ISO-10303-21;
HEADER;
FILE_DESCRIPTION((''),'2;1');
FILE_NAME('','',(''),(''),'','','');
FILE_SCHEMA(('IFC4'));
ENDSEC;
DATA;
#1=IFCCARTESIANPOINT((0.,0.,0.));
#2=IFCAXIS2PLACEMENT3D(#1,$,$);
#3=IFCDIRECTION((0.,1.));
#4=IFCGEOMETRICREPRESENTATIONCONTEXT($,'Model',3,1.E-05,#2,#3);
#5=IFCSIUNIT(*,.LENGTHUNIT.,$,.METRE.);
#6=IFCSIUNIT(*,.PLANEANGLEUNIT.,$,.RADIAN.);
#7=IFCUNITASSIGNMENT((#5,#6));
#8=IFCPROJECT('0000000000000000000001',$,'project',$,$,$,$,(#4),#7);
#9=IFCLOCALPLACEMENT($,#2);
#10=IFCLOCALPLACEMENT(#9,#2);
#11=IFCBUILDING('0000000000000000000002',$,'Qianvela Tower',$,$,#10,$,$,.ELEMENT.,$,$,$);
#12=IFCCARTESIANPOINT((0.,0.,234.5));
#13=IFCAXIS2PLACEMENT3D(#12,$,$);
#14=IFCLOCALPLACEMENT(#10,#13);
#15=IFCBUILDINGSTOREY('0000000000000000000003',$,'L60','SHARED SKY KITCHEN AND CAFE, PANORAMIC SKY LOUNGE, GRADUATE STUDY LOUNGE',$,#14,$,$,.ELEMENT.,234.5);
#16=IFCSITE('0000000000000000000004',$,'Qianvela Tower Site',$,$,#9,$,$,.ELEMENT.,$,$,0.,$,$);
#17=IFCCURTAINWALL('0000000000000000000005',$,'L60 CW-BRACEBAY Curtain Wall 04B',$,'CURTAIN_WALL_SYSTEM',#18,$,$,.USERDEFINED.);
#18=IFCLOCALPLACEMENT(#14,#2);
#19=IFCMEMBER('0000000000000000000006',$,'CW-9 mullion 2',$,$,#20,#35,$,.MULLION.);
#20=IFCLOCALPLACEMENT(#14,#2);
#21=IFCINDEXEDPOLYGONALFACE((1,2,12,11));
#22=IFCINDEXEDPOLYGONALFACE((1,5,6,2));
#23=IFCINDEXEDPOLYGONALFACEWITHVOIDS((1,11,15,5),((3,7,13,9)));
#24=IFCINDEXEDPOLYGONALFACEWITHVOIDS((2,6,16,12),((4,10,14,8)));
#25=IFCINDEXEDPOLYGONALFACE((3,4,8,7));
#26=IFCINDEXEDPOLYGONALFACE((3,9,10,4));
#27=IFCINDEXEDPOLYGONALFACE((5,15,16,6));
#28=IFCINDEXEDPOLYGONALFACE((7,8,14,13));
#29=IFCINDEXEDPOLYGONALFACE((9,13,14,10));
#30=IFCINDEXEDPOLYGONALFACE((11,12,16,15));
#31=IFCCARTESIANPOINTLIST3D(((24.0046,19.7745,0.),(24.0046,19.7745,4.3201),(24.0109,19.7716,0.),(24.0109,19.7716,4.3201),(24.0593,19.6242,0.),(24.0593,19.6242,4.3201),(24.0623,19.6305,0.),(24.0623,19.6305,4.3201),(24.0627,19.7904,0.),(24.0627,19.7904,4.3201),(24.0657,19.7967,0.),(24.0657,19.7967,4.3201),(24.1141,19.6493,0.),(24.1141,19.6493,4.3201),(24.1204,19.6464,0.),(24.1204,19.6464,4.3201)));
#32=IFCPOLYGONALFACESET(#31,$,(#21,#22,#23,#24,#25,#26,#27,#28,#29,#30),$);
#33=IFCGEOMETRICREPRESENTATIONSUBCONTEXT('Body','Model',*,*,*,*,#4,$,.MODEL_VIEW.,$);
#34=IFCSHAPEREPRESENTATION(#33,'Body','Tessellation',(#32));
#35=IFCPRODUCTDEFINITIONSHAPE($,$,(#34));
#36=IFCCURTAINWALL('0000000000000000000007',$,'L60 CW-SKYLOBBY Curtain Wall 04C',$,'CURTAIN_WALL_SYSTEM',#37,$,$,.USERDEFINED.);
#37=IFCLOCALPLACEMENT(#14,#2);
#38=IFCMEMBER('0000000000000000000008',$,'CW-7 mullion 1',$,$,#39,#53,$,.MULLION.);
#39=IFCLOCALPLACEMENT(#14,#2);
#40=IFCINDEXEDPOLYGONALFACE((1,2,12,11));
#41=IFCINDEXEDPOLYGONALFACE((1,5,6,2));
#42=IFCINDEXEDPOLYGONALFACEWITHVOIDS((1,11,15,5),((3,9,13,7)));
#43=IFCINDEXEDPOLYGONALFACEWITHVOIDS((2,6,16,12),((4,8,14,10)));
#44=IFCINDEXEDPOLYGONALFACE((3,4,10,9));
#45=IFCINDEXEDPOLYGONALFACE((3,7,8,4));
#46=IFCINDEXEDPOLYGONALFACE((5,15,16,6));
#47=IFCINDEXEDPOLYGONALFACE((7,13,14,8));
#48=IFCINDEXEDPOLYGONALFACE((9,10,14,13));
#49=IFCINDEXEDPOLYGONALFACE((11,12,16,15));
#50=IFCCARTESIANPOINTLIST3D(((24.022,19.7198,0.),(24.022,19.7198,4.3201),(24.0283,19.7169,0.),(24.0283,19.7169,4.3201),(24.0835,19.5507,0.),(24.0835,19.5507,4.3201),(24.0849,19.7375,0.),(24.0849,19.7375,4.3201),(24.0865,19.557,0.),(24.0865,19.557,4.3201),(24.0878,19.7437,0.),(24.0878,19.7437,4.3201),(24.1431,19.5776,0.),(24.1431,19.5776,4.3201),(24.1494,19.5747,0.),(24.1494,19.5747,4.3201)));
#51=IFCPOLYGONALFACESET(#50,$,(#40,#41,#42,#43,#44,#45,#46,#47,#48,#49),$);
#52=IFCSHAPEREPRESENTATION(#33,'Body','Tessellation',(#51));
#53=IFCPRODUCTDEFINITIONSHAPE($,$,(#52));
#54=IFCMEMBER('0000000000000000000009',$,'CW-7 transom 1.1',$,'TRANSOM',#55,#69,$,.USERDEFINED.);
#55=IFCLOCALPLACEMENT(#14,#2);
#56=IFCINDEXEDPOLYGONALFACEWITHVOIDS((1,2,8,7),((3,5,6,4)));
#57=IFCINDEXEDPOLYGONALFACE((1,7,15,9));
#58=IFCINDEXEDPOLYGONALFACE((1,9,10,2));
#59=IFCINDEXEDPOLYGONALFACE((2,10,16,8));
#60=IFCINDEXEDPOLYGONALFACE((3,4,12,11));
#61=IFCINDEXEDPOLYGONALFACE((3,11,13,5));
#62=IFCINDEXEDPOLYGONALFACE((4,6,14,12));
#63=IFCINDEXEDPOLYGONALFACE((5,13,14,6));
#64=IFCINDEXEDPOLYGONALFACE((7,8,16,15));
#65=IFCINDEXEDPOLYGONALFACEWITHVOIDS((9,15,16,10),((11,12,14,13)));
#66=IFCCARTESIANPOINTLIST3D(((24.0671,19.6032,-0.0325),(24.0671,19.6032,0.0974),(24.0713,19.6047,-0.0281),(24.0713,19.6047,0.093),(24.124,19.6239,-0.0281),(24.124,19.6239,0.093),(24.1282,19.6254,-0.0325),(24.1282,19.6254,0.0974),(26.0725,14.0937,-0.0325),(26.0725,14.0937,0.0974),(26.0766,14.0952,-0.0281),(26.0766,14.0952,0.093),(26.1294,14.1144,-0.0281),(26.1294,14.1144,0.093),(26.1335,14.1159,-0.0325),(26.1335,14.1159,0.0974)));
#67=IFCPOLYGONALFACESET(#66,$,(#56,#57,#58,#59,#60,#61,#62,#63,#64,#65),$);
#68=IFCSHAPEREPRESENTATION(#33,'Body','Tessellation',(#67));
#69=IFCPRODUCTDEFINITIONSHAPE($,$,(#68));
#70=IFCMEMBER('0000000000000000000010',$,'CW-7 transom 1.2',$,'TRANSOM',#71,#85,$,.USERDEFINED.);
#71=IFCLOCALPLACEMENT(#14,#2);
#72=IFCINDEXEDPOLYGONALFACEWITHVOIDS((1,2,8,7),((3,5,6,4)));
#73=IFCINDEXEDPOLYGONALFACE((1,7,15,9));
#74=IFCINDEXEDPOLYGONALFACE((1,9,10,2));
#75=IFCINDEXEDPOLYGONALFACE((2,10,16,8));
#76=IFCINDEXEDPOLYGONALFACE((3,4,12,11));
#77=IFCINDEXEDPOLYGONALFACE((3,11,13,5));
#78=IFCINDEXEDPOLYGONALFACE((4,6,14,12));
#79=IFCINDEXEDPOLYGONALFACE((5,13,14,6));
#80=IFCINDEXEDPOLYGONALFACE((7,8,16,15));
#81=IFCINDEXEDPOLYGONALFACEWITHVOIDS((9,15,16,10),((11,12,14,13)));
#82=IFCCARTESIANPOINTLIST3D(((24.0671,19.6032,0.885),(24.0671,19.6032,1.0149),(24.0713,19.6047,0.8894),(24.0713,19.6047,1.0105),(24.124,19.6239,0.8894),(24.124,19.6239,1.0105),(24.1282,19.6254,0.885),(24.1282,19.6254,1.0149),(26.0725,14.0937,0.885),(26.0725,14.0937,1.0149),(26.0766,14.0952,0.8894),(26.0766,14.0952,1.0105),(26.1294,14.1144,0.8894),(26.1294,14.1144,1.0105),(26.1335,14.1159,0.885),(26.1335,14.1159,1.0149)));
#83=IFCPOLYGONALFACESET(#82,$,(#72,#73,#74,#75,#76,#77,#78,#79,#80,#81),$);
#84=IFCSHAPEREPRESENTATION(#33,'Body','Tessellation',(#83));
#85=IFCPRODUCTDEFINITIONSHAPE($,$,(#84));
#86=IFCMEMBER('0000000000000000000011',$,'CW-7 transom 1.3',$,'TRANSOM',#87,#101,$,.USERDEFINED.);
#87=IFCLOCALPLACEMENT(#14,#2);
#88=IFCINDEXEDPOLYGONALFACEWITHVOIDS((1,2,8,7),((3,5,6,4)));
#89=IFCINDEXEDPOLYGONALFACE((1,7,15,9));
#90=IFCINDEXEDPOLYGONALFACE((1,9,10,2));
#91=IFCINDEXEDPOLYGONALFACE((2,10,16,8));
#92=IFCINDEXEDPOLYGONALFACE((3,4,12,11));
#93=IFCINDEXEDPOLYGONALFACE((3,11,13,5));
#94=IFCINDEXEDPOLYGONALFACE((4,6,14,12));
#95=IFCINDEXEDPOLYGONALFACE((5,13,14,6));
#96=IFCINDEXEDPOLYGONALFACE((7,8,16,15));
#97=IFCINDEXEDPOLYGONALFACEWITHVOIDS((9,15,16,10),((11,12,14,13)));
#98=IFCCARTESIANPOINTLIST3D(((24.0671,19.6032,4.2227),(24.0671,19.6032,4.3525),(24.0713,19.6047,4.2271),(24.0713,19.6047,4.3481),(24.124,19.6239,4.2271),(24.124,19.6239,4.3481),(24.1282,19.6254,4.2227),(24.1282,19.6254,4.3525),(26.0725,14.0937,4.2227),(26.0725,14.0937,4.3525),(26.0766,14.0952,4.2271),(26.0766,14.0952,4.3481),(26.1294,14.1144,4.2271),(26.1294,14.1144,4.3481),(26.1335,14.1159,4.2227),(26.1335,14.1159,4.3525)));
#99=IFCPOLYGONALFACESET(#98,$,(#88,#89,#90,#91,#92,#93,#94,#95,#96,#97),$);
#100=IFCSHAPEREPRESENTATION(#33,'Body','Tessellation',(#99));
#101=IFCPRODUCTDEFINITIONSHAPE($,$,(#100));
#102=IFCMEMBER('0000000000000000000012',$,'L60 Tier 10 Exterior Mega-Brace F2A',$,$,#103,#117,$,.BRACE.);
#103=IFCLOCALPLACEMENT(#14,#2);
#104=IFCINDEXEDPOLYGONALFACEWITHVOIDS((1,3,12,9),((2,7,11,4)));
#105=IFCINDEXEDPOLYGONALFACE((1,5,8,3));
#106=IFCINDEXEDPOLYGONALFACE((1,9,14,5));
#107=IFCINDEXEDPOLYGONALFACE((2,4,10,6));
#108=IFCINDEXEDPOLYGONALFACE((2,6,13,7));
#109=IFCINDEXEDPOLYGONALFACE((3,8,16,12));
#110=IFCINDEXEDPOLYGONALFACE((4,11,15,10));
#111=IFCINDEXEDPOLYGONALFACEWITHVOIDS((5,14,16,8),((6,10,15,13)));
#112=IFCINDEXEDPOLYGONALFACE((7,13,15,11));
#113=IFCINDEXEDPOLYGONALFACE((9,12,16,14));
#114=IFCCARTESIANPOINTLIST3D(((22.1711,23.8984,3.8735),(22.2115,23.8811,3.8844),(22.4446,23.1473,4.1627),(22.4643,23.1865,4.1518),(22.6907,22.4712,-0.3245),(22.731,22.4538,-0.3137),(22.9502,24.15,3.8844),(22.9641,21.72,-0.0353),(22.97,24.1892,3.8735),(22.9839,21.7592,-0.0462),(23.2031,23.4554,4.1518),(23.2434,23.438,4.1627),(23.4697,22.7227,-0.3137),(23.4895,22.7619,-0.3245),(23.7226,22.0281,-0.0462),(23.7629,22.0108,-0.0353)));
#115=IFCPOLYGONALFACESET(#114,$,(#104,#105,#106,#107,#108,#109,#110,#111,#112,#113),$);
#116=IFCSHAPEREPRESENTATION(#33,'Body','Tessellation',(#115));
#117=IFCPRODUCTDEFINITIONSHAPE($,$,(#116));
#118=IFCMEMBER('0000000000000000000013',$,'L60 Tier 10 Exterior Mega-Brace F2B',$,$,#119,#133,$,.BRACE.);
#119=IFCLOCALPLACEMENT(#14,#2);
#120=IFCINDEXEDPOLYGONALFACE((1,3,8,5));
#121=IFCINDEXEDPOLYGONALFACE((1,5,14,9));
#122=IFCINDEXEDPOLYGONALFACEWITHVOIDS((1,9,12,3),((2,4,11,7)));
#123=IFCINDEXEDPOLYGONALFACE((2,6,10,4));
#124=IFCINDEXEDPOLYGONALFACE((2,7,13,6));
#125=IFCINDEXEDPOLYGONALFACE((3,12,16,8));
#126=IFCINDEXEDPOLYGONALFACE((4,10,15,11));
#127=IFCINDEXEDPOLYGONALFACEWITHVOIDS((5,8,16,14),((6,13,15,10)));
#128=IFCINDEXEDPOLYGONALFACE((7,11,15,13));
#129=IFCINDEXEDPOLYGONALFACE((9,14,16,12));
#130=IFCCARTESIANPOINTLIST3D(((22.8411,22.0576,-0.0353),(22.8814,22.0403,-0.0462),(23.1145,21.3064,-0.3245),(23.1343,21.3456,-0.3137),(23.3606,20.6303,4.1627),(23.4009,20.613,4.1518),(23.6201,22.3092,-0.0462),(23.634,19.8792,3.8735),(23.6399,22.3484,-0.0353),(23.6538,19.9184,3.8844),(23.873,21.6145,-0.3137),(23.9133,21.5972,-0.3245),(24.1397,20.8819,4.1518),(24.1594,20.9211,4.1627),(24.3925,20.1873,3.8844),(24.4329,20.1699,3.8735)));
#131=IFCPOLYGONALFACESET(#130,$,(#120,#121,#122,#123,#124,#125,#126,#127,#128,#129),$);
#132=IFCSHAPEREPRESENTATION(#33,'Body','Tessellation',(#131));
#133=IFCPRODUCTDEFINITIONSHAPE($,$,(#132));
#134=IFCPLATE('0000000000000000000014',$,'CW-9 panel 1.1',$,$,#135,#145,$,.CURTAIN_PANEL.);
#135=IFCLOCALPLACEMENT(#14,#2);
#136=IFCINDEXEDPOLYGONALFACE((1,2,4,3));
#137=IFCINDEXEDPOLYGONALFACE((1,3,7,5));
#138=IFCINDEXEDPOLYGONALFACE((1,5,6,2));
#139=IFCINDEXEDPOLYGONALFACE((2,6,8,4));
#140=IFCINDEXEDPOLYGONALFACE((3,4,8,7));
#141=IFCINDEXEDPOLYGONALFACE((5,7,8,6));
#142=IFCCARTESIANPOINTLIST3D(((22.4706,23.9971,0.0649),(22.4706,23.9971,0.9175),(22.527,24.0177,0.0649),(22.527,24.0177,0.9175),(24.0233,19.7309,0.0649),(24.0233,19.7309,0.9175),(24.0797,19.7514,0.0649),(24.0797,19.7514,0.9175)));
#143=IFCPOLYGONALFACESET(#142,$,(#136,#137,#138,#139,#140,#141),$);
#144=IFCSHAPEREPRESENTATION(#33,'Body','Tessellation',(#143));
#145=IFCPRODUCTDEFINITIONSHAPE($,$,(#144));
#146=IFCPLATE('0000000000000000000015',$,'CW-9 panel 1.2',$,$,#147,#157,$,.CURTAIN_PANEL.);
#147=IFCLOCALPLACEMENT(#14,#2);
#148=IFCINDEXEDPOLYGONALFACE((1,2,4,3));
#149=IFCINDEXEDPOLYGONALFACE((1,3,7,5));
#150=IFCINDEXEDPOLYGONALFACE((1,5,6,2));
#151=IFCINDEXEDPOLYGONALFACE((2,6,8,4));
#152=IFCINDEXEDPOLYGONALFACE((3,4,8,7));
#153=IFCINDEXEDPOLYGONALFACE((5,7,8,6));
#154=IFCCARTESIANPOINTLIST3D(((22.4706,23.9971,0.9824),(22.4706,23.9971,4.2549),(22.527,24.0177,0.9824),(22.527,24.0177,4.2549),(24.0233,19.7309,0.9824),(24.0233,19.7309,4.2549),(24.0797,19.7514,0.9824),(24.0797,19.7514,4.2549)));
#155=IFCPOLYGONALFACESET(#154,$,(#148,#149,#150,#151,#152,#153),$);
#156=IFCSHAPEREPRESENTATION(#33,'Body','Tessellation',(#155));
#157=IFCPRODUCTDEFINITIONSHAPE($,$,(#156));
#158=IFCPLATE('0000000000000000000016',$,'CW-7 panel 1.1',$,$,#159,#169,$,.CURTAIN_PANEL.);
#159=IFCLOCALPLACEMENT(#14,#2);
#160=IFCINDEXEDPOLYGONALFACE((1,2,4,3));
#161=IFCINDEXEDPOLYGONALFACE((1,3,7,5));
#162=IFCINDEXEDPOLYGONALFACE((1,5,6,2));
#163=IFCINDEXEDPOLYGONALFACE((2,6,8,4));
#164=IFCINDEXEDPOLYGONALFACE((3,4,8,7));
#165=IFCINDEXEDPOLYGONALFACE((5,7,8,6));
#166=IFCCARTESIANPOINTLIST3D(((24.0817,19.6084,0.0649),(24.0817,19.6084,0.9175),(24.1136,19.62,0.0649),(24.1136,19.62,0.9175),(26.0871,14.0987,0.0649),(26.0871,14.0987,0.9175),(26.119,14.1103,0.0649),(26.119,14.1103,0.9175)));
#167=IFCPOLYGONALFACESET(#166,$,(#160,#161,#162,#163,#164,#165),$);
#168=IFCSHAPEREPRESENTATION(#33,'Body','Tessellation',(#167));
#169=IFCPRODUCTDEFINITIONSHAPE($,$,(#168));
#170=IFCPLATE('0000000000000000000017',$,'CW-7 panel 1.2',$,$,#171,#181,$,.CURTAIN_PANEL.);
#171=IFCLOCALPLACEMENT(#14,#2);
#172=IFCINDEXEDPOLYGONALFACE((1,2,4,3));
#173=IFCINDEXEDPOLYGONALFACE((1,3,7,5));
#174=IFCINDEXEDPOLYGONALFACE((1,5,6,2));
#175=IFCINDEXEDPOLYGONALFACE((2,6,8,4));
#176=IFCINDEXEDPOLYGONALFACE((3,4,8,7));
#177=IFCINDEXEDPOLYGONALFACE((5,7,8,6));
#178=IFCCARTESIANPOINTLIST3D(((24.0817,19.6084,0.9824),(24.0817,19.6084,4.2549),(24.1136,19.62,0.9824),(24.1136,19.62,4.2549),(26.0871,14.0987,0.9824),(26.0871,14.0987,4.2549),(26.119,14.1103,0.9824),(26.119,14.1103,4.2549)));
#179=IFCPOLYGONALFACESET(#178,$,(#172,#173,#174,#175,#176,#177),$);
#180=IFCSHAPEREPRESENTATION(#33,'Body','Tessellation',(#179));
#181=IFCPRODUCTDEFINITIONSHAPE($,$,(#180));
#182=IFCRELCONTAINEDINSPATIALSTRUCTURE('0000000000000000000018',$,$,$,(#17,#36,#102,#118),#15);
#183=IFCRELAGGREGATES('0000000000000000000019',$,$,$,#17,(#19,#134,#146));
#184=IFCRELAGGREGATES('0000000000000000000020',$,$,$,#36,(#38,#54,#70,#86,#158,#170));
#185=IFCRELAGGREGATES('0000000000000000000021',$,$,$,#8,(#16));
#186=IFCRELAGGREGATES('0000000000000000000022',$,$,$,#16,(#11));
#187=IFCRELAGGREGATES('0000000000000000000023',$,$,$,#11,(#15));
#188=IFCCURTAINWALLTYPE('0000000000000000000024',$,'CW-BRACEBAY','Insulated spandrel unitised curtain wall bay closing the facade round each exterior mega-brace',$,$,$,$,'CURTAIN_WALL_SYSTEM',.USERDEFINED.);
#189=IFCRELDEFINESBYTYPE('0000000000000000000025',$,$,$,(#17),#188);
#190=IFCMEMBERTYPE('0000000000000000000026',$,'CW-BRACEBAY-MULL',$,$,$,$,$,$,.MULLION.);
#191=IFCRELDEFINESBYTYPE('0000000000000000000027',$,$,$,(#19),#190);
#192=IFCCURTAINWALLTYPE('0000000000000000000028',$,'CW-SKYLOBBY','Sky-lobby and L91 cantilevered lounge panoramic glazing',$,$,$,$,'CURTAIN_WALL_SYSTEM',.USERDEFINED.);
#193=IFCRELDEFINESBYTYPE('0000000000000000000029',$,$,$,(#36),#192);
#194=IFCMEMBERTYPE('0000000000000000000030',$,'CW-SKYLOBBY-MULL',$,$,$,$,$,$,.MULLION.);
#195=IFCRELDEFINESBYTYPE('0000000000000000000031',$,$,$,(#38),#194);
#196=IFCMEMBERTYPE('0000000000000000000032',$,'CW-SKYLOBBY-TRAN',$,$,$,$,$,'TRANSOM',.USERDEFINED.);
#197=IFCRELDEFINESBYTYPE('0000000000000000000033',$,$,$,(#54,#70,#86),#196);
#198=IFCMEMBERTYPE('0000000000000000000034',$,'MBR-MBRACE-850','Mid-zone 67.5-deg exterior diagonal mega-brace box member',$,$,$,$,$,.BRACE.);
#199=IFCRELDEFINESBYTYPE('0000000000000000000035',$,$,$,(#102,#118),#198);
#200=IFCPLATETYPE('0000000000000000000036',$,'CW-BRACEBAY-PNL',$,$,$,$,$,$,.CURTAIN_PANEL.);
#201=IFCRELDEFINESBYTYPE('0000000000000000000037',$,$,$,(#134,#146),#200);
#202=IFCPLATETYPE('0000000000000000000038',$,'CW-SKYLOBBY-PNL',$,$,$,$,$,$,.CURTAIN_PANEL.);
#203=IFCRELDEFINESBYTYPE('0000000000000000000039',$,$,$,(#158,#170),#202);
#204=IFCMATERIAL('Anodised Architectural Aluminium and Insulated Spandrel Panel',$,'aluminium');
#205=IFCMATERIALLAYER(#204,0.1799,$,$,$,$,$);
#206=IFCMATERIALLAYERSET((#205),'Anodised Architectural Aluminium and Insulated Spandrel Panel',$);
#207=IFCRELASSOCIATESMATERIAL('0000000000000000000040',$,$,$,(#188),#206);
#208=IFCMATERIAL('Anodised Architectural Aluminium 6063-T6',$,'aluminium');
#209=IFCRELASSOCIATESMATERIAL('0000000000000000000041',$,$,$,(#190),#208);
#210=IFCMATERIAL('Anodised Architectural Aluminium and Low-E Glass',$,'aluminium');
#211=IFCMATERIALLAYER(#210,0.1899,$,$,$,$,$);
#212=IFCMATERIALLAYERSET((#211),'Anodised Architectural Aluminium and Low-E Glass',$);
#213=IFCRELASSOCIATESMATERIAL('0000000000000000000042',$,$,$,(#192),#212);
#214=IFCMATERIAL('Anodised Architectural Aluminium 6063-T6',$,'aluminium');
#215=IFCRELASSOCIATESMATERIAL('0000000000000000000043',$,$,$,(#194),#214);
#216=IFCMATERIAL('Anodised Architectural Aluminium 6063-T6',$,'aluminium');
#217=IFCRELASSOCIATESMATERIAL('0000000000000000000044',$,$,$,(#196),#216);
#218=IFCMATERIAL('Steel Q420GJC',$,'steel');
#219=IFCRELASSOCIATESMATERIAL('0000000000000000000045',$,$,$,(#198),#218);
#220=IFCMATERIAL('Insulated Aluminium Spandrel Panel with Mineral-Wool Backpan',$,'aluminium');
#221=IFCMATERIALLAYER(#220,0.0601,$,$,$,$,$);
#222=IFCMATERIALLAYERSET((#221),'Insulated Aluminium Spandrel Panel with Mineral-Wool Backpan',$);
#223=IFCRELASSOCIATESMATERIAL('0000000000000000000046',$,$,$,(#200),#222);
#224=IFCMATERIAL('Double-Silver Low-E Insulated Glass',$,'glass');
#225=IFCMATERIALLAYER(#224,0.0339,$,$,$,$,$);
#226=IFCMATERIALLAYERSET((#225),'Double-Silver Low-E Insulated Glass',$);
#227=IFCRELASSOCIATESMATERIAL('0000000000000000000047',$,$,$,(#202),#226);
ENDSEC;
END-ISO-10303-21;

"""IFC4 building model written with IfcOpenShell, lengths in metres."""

from ifc_helpers import new_model, si_unit, direction, frame, origin, origin_2d, place, context, subcontext, project, spatial, rectangle, hollow_rectangle, extrude, material, layer, layer_set, material_profile, profile_set, type_object, element, aggregate, save


model = new_model("IFC4")

# Units and contexts
model_context = context("Model", 3, precision=1e-05, world=origin(), true_north=direction((0.0, 1.0)))
body_context = subcontext(model_context, "Body", "Model", "MODEL_VIEW")
ifc_project = project(units=[si_unit("LENGTHUNIT", "METRE"), si_unit("PLANEANGLEUNIT", "RADIAN")], contexts=[model_context])

# Site, building, storey
site_placement = place(None, origin())
site = spatial("IfcSite", under=ifc_project, at=site_placement, Name="Qianvela Tower Site", CompositionType="ELEMENT", RefElevation=0.0)
building_placement = place(site_placement, origin())
building = spatial("IfcBuilding", under=site, at=building_placement, Name="Qianvela Tower", CompositionType="ELEMENT")
storey_placement = place(building_placement, frame((0.0, 0.0, 234.5)))
storey = spatial("IfcBuildingStorey", under=building, at=storey_placement, Name="L60", Description="SHARED SKY KITCHEN AND CAFE, PANORAMIC SKY LOUNGE, GRADUATE STUDY LOUNGE", CompositionType="ELEMENT", Elevation=234.5)

# Curtain wall, member
ifc_material_1 = material(Name="Anodised Architectural Aluminium and Insulated Spandrel Panel", Category="aluminium")
ifc_layer_1 = layer(ifc_material_1, 0.1799)
ifc_layer_set_1 = layer_set([ifc_layer_1], Name="Anodised Architectural Aluminium and Insulated Spandrel Panel")
curtain_wall_type_1 = type_object("IfcCurtainWallType", Name="CW-BRACEBAY", Description="Insulated spandrel unitised curtain wall bay closing the facade round each exterior mega-brace", ElementType="CURTAIN_WALL_SYSTEM", PredefinedType="USERDEFINED", material=ifc_layer_set_1)
curtain_wall_1_placement = place(storey_placement, origin())
curtain_wall_1 = element("IfcCurtainWall", 1, at=curtain_wall_1_placement, inside=storey, type_object=curtain_wall_type_1, Name="L60 CW-BRACEBAY Curtain Wall 04B", ObjectType="CURTAIN_WALL_SYSTEM", PredefinedType="USERDEFINED")
ifc_material_2 = material(Name="Anodised Architectural Aluminium 6063-T6", Category="aluminium")
ifc_material_profile_1 = material_profile(ifc_material_2, hollow_rectangle(XDim=0.0649, YDim=0.1599, WallThickness=0.0049, at=origin_2d()), Name="ALU-MULL-65x160")
ifc_profile_set_1 = profile_set([ifc_material_profile_1], Name="Anodised Architectural Aluminium 6063-T6")
member_type_1 = type_object("IfcMemberType", Name="CW-BRACEBAY-MULL", PredefinedType="MULLION", material=ifc_profile_set_1)
member_1_placement = place(storey_placement, frame((24.0625, 19.7104, 0.0), z_axis=(0.0, 0.0, 1.0), x_axis=(0.939696, 0.342011, 0.0)))
member_1 = element("IfcMember", 2, at=member_1_placement, type_object=member_type_1, Name="CW-9 mullion 2", PredefinedType="MULLION", context=body_context, shape_type="SweptSolid", body=[
    extrude(hollow_rectangle(XDim=0.0649, YDim=0.1599, WallThickness=0.0049, at=origin_2d()), origin(), (0.0, 0.0, 1.0), 4.3201),
])

# Curtain wall, members
ifc_material_3 = material(Name="Anodised Architectural Aluminium and Low-E Glass", Category="aluminium")
ifc_layer_2 = layer(ifc_material_3, 0.1899)
ifc_layer_set_2 = layer_set([ifc_layer_2], Name="Anodised Architectural Aluminium and Low-E Glass")
curtain_wall_type_2 = type_object("IfcCurtainWallType", Name="CW-SKYLOBBY", Description="Sky-lobby and L91 cantilevered lounge panoramic glazing", ElementType="CURTAIN_WALL_SYSTEM", PredefinedType="USERDEFINED", material=ifc_layer_set_2)
curtain_wall_2_placement = place(storey_placement, origin())
curtain_wall_2 = element("IfcCurtainWall", 3, at=curtain_wall_2_placement, inside=storey, type_object=curtain_wall_type_2, Name="L60 CW-SKYLOBBY Curtain Wall 04C", ObjectType="CURTAIN_WALL_SYSTEM", PredefinedType="USERDEFINED")
ifc_material_4 = material(Name="Anodised Architectural Aluminium 6063-T6", Category="aluminium")
ifc_material_profile_2 = material_profile(ifc_material_4, hollow_rectangle(XDim=0.0701, YDim=0.1799, WallThickness=0.0049, at=origin_2d()), Name="ALU-MULL-70x180")
ifc_profile_set_2 = profile_set([ifc_material_profile_2], Name="Anodised Architectural Aluminium 6063-T6")
member_type_2 = type_object("IfcMemberType", Name="CW-SKYLOBBY-MULL", PredefinedType="MULLION", material=ifc_profile_set_2)
member_2_placement = place(storey_placement, frame((24.0857, 19.6472, 0.0), z_axis=(0.0, 0.0, 1.0), x_axis=(0.939692, 0.342022, 0.0)))
member_2 = element("IfcMember", 4, at=member_2_placement, type_object=member_type_2, Name="CW-7 mullion 1", PredefinedType="MULLION", context=body_context, shape_type="SweptSolid", body=[
    extrude(hollow_rectangle(XDim=0.0701, YDim=0.1799, WallThickness=0.0049, at=origin_2d()), origin(), (0.0, 0.0, 1.0), 4.3201),
])
ifc_material_5 = material(Name="Anodised Architectural Aluminium 6063-T6", Category="aluminium")
ifc_material_profile_3 = material_profile(ifc_material_5, hollow_rectangle(XDim=0.0649, YDim=0.1299, WallThickness=0.0044, at=origin_2d()), Name="ALU-TRAN-65x130")
ifc_profile_set_3 = profile_set([ifc_material_profile_3], Name="Anodised Architectural Aluminium 6063-T6")
member_type_3 = type_object("IfcMemberType", Name="CW-SKYLOBBY-TRAN", ElementType="TRANSOM", PredefinedType="USERDEFINED", material=ifc_profile_set_3)
member_3_placement = place(storey_placement, frame((24.0977, 19.6143, 0.0325), z_axis=(0.342031, -0.939689, 0.0), x_axis=(0.939689, 0.342031, 0.0)))
member_3 = element("IfcMember", 5, at=member_3_placement, type_object=member_type_3, Name="CW-7 transom 1.1", ObjectType="TRANSOM", PredefinedType="USERDEFINED", context=body_context, shape_type="SweptSolid", body=[
    extrude(hollow_rectangle(XDim=0.0649, YDim=0.1299, WallThickness=0.0044, at=origin_2d()), origin(), (0.0, 0.0, 1.0), 5.863),
])
member_4_placement = place(storey_placement, frame((24.0977, 19.6143, 0.95), z_axis=(0.342031, -0.939689, 0.0), x_axis=(0.939689, 0.342031, 0.0)))
member_4 = element("IfcMember", 6, at=member_4_placement, type_object=member_type_3, Name="CW-7 transom 1.2", ObjectType="TRANSOM", PredefinedType="USERDEFINED", context=body_context, shape_type="SweptSolid", body=[
    extrude(hollow_rectangle(XDim=0.0649, YDim=0.1299, WallThickness=0.0044, at=origin_2d()), origin(), (0.0, 0.0, 1.0), 5.863),
])
member_5_placement = place(storey_placement, frame((24.0977, 19.6143, 4.2876), z_axis=(0.342031, -0.939689, 0.0), x_axis=(0.939689, 0.342031, 0.0)))
member_5 = element("IfcMember", 7, at=member_5_placement, type_object=member_type_3, Name="CW-7 transom 1.3", ObjectType="TRANSOM", PredefinedType="USERDEFINED", context=body_context, shape_type="SweptSolid", body=[
    extrude(hollow_rectangle(XDim=0.0649, YDim=0.1299, WallThickness=0.0044, at=origin_2d()), origin(), (0.0, 0.0, 1.0), 5.863),
])

# Members
ifc_material_6 = material(Name="Steel Q420GJC", Category="steel")
ifc_material_profile_4 = material_profile(ifc_material_6, hollow_rectangle(XDim=0.8501, YDim=0.8501, WallThickness=0.032, at=origin_2d()), Name="MBOX-850x850x32")
ifc_profile_set_4 = profile_set([ifc_material_profile_4], Name="Steel Q420GJC")
member_type_4 = type_object("IfcMemberType", Name="MBR-MBRACE-850", Description="Mid-zone 67.5-deg exterior diagonal mega-brace box member", PredefinedType="BRACE", material=ifc_profile_set_4)
for number, where, z_axis, x_axis, name in (
    (8, (23.2268, 22.241, -0.1799), (-0.116374, 0.319701, 0.940345), (-0.939681, -0.342053, 0.0), "L60 Tier 10 Exterior Mega-Brace F2A"),
    (9, (23.3772, 21.8274, -0.1799), (0.116374, -0.319701, 0.940345), (0.939681, 0.342053, 0.0), "L60 Tier 10 Exterior Mega-Brace F2B"),
):
    element("IfcMember", number, at=place(storey_placement, frame(where, z_axis=z_axis, x_axis=x_axis)), inside=storey, type_object=member_type_4, Name=name, PredefinedType="BRACE", context=body_context, shape_type="SweptSolid", body=[
        extrude(hollow_rectangle(XDim=0.8501, YDim=0.8501, WallThickness=0.032, at=origin_2d()), origin(), (0.0, 0.0, 1.0), 4.4644),
    ])

# Plates
ifc_material_7 = material(Name="Insulated Aluminium Spandrel Panel with Mineral-Wool Backpan", Category="aluminium")
ifc_layer_3 = layer(ifc_material_7, 0.0601)
ifc_layer_set_3 = layer_set([ifc_layer_3], Name="Insulated Aluminium Spandrel Panel with Mineral-Wool Backpan")
plate_type_1 = type_object("IfcPlateType", Name="CW-BRACEBAY-PNL", PredefinedType="CURTAIN_PANEL", material=ifc_layer_set_3)
plate_1_placement = place(storey_placement, frame((23.2751, 21.8743, 0.0649), z_axis=(0.0, 0.0, 1.0), x_axis=(0.342011, -0.939696, 0.0)))
plate_1 = element("IfcPlate", 10, at=plate_1_placement, type_object=plate_type_1, Name="CW-9 panel 1.1", PredefinedType="CURTAIN_PANEL", context=body_context, shape_type="SweptSolid", body=[
    extrude(rectangle(XDim=4.54, YDim=0.0601, at=origin_2d()), origin(), (0.0, 0.0, 1.0), 0.8525),
])
plate_2_placement = place(storey_placement, frame((23.2751, 21.8743, 0.9824), z_axis=(0.0, 0.0, 1.0), x_axis=(0.342011, -0.939696, 0.0)))
plate_2 = element("IfcPlate", 11, at=plate_2_placement, type_object=plate_type_1, Name="CW-9 panel 1.2", PredefinedType="CURTAIN_PANEL", context=body_context, shape_type="SweptSolid", body=[
    extrude(rectangle(XDim=4.54, YDim=0.0601, at=origin_2d()), origin(), (0.0, 0.0, 1.0), 3.2725),
])
aggregate(curtain_wall_1, [member_1, plate_1, plate_2])
ifc_material_8 = material(Name="Double-Silver Low-E Insulated Glass", Category="glass")
ifc_layer_4 = layer(ifc_material_8, 0.0339)
ifc_layer_set_4 = layer_set([ifc_layer_4], Name="Double-Silver Low-E Insulated Glass")
plate_type_2 = type_object("IfcPlateType", Name="CW-SKYLOBBY-PNL", PredefinedType="CURTAIN_PANEL", material=ifc_layer_set_4)
plate_3_placement = place(storey_placement, frame((25.1003, 16.8594, 0.0649), z_axis=(0.0, 0.0, 1.0), x_axis=(0.342022, -0.939692, 0.0)))
plate_3 = element("IfcPlate", 12, at=plate_3_placement, type_object=plate_type_2, Name="CW-7 panel 1.1", PredefinedType="CURTAIN_PANEL", context=body_context, shape_type="SweptSolid", body=[
    extrude(rectangle(XDim=5.8633, YDim=0.0339, at=origin_2d()), origin(), (0.0, 0.0, 1.0), 0.8525),
])
plate_4_placement = place(storey_placement, frame((25.1003, 16.8594, 0.9824), z_axis=(0.0, 0.0, 1.0), x_axis=(0.342022, -0.939692, 0.0)))
plate_4 = element("IfcPlate", 13, at=plate_4_placement, type_object=plate_type_2, Name="CW-7 panel 1.2", PredefinedType="CURTAIN_PANEL", context=body_context, shape_type="SweptSolid", body=[
    extrude(rectangle(XDim=5.8633, YDim=0.0339, at=origin_2d()), origin(), (0.0, 0.0, 1.0), 3.2725),
])
aggregate(curtain_wall_2, [member_2, member_3, member_4, member_5, plate_3, plate_4])

save(model, "model.ifc")
